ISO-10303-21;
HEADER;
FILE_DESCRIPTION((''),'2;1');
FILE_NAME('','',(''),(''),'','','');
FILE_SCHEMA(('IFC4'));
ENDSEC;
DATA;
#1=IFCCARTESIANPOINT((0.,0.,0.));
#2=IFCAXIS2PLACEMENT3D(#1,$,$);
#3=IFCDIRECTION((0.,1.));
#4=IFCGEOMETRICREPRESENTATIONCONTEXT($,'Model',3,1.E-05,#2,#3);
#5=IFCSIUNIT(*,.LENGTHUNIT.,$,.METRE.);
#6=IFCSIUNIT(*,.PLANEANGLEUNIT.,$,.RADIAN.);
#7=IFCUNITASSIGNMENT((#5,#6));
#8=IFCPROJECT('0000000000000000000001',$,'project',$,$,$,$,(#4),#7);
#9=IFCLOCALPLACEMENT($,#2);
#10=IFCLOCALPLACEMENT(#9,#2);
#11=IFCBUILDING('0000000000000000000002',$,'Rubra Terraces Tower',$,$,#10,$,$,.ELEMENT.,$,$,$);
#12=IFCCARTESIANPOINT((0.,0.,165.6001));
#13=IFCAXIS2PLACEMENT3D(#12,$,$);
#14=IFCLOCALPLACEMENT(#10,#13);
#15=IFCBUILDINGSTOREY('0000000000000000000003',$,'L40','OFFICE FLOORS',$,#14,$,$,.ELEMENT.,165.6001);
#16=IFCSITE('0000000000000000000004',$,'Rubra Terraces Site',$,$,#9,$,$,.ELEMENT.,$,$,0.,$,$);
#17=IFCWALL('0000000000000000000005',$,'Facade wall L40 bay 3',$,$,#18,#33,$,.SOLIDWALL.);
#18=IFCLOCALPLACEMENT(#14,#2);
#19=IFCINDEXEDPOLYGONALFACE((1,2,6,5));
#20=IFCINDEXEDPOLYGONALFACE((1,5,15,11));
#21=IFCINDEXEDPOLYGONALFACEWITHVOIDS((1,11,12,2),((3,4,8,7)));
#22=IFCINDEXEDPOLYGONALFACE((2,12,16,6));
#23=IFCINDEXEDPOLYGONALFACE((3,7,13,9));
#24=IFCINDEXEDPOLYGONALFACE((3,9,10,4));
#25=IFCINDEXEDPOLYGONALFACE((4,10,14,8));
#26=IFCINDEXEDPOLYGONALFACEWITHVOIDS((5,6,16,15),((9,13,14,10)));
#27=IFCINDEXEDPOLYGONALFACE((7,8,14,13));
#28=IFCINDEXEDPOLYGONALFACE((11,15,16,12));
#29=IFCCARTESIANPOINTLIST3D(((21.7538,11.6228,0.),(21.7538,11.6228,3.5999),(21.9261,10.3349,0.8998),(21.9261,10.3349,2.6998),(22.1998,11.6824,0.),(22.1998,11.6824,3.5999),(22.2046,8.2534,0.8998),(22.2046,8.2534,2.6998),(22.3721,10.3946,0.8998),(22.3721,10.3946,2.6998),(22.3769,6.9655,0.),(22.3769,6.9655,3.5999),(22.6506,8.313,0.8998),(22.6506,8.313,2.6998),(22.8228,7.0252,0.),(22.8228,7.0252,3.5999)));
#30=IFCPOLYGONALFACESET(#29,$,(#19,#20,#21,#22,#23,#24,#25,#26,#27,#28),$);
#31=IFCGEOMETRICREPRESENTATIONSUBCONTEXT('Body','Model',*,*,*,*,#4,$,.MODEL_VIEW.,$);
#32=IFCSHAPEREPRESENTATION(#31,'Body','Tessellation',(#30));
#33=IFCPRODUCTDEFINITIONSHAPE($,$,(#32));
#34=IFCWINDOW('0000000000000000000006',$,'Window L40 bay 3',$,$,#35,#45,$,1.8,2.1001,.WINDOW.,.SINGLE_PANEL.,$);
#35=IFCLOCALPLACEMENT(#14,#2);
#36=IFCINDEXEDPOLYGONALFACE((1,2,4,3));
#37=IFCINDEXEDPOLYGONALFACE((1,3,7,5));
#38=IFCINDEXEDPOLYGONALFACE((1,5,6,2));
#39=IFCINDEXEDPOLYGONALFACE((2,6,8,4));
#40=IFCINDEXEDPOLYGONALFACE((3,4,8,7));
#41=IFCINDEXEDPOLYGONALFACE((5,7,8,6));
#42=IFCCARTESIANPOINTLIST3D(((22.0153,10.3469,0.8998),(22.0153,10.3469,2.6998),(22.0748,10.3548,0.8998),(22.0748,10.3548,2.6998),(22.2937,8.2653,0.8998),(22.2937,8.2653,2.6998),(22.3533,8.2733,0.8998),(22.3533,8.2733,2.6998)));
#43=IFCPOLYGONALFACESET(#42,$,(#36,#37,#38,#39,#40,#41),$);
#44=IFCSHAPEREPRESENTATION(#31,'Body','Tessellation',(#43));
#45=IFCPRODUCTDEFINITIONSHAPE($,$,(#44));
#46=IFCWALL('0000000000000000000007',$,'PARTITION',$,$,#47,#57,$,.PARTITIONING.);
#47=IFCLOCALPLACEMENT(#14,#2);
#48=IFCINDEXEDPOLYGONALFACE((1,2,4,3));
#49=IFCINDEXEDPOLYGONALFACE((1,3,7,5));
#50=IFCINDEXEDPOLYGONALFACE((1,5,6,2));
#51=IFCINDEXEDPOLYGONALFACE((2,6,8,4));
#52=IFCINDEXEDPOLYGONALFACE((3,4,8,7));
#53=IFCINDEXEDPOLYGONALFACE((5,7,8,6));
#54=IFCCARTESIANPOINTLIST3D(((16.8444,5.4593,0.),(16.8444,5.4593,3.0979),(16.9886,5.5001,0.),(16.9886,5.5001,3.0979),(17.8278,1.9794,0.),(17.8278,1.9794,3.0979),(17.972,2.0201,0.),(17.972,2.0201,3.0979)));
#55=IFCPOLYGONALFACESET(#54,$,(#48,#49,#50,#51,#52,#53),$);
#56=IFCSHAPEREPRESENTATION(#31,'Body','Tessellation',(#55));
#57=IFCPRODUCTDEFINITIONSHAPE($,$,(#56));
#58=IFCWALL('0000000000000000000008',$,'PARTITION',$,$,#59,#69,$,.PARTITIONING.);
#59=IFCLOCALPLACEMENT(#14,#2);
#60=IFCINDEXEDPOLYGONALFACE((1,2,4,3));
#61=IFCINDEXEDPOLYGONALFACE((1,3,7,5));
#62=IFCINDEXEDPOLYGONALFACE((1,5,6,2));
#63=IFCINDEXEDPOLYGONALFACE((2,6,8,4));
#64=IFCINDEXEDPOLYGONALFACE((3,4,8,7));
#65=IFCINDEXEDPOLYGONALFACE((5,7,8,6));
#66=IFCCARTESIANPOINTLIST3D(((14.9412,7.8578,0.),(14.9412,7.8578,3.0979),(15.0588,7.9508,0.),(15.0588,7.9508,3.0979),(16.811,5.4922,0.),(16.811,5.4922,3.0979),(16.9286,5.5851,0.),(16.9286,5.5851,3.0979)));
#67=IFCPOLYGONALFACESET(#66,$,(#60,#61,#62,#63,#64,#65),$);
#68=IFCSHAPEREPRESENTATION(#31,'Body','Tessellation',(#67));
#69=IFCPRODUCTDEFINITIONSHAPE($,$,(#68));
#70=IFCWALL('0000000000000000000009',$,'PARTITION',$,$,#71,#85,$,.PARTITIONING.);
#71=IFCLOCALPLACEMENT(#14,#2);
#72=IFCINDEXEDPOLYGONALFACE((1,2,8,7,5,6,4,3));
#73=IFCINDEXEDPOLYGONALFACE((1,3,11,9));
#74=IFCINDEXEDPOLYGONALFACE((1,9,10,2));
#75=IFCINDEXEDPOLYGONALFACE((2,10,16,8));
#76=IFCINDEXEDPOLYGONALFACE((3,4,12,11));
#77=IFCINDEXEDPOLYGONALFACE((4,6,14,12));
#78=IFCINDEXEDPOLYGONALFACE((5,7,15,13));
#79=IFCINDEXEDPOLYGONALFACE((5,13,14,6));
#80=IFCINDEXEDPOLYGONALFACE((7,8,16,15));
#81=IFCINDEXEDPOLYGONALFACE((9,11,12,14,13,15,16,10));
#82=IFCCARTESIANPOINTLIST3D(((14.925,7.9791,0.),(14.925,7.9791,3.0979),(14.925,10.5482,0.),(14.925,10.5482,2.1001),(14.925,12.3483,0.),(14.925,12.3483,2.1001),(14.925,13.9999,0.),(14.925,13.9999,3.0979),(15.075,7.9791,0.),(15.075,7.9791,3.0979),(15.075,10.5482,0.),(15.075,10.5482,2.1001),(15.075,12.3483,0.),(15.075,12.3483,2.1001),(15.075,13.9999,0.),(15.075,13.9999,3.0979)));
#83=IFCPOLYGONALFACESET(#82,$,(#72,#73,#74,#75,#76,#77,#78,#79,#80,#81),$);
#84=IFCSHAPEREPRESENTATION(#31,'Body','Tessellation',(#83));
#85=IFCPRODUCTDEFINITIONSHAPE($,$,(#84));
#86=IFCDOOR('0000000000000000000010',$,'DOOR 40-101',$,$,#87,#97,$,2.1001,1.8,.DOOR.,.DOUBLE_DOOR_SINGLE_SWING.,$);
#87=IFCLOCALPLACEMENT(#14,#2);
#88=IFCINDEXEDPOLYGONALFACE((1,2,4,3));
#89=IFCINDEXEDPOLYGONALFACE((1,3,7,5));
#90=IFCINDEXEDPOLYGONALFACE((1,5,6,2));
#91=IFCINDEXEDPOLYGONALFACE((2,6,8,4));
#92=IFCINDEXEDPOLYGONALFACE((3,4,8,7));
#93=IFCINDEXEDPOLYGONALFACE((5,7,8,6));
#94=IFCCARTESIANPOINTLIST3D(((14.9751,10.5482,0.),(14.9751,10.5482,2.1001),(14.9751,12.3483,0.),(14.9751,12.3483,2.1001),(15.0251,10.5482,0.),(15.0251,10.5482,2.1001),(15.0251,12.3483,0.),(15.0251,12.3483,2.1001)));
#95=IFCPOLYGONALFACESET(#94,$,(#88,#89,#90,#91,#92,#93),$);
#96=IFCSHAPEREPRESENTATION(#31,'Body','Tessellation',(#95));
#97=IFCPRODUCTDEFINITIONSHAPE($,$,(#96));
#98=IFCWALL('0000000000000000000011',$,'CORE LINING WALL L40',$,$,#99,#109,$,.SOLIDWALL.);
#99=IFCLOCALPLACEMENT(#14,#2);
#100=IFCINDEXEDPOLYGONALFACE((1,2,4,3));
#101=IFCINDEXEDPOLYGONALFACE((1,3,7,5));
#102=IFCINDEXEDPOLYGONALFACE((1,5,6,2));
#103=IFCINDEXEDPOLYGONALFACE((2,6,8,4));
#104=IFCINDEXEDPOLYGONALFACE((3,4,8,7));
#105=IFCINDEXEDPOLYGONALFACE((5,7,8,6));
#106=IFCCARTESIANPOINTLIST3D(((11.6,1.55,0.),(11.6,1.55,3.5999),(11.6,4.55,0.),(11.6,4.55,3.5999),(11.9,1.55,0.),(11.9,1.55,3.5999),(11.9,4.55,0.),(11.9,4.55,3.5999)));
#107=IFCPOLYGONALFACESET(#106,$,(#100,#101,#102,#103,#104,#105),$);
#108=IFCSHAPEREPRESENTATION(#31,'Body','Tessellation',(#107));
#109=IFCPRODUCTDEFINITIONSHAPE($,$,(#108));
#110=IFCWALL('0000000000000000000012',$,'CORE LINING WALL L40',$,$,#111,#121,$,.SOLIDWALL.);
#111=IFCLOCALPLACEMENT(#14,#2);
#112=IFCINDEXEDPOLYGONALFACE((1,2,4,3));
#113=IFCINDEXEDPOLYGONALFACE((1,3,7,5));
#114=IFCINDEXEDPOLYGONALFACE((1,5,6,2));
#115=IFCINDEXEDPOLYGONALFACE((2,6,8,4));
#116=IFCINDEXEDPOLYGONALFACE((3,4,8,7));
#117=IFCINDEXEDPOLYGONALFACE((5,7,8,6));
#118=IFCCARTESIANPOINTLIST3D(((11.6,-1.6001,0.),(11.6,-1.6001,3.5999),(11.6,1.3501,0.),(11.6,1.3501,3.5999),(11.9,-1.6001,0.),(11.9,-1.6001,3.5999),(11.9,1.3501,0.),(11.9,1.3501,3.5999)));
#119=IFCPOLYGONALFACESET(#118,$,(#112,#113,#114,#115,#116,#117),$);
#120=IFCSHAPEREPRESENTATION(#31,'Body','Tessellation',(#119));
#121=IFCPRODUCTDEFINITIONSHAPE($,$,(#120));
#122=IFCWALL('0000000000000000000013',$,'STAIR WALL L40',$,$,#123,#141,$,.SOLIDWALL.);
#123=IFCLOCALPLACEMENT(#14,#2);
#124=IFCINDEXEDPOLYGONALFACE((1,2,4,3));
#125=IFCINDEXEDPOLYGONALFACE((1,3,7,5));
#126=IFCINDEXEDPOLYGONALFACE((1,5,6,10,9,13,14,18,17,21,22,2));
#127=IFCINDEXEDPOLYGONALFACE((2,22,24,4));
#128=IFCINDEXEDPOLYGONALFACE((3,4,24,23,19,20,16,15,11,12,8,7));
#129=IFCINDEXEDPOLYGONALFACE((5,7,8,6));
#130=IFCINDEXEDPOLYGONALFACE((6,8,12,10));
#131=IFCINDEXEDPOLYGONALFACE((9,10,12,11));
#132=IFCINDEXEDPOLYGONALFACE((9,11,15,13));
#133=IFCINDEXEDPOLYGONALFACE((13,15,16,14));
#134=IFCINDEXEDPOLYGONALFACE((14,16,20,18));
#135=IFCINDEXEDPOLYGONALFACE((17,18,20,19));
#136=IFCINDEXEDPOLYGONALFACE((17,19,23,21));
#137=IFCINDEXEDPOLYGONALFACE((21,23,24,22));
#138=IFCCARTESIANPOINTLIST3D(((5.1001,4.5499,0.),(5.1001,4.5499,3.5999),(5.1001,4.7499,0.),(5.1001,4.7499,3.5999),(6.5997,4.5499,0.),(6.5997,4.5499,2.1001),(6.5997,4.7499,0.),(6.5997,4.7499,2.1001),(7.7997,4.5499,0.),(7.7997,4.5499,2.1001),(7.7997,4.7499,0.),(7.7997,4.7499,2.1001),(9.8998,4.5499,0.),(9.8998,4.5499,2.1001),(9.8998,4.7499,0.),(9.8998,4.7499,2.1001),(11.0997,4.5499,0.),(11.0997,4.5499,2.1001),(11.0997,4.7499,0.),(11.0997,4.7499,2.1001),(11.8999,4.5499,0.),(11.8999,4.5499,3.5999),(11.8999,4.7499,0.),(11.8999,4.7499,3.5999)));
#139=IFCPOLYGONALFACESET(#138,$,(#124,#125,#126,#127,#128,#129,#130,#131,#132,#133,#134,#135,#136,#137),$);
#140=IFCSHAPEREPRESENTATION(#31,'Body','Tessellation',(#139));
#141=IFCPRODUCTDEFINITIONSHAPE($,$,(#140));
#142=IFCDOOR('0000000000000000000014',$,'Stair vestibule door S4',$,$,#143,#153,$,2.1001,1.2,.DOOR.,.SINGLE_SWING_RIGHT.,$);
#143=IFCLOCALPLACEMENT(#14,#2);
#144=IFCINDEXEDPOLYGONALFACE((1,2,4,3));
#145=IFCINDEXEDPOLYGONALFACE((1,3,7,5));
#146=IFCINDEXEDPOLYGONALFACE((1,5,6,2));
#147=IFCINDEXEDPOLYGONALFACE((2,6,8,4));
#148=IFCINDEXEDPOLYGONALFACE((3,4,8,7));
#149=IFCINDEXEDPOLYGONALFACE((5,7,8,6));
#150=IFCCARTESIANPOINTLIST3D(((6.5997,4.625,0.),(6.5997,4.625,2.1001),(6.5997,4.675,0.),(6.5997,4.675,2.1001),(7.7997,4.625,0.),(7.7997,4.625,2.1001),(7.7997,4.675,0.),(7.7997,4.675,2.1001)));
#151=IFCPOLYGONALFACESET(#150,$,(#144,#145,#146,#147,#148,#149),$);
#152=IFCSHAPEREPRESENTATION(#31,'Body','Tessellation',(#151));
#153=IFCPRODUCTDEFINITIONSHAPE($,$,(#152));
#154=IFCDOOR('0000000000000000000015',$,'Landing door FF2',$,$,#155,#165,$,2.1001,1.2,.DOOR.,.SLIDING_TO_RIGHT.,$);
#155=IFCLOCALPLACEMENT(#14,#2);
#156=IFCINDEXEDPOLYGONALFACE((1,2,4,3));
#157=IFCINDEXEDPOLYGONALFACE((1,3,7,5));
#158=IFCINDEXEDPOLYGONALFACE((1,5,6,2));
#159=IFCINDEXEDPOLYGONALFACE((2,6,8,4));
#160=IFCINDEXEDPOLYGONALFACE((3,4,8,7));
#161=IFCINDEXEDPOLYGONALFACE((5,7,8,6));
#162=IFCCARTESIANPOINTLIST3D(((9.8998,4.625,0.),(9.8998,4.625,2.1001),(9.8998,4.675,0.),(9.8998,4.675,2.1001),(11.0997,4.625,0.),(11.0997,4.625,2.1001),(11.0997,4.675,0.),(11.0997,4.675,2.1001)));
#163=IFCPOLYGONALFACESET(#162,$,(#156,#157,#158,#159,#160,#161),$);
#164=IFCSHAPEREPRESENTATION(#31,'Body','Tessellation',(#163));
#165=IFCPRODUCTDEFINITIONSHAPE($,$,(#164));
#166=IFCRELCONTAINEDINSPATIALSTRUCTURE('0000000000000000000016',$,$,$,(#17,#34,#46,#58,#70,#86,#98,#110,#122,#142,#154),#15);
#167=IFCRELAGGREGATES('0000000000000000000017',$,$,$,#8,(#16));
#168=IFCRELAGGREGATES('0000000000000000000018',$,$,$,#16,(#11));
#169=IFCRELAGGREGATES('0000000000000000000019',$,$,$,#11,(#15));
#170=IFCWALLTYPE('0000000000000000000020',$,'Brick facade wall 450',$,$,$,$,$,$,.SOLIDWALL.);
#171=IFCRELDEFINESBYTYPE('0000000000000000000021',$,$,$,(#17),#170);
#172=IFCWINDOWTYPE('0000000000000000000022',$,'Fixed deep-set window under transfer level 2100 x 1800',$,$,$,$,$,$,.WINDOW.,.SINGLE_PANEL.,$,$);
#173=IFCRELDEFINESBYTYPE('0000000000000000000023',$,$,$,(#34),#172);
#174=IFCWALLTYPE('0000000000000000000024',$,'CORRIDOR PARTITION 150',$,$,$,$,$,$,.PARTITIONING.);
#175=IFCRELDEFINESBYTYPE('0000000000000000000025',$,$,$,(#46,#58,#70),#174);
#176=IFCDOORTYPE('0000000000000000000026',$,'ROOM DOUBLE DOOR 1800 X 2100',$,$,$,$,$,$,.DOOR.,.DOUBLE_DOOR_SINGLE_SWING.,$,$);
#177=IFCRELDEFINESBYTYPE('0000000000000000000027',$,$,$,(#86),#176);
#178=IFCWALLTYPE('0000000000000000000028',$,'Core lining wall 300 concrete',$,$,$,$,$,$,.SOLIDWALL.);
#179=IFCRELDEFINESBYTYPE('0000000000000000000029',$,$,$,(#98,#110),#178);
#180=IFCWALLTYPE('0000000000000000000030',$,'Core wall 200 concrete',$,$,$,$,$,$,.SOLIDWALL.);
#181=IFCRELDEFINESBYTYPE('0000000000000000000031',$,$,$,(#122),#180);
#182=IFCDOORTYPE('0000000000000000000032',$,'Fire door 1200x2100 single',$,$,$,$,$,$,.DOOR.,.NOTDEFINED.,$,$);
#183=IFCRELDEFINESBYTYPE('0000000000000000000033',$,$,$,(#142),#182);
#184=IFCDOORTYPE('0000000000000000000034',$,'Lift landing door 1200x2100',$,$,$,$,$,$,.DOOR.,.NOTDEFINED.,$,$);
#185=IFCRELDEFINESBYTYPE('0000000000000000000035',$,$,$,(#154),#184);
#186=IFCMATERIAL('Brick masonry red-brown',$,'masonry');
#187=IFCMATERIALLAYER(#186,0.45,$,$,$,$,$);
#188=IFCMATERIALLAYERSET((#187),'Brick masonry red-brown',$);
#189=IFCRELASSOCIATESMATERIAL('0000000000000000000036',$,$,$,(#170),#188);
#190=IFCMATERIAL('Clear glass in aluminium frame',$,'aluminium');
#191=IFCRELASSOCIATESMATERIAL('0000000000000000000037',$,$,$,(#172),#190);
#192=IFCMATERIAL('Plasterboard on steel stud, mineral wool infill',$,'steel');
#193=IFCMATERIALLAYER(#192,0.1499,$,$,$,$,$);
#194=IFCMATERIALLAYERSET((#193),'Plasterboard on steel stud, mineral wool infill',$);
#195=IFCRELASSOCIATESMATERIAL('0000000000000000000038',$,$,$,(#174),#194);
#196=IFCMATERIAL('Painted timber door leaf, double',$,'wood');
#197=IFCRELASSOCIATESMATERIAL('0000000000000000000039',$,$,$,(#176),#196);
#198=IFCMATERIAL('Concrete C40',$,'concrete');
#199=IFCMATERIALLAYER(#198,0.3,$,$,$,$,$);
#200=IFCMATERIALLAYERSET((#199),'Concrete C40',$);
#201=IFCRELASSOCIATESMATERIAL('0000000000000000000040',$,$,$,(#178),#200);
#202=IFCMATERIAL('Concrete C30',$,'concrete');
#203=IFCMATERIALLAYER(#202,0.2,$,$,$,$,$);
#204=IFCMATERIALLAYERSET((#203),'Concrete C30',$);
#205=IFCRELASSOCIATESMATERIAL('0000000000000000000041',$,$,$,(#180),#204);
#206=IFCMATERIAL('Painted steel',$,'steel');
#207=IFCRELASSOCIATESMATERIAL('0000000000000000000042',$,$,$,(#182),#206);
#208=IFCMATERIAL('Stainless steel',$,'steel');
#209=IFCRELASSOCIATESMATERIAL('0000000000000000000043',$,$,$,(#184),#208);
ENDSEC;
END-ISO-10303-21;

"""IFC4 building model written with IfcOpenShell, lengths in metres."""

from ifc_helpers import new_model, si_unit, direction, frame, frame_2d, origin, place, context, subcontext, project, spatial, rectangle, extrude, material, layer, layer_set, type_object, element, fill, save


model = new_model("IFC4")

# Units and contexts
model_context = context("Model", 3, precision=1e-05, world=origin(), true_north=direction((0.0, 1.0)))
body_context = subcontext(model_context, "Body", "Model", "MODEL_VIEW")
ifc_project = project(units=[si_unit("LENGTHUNIT", "METRE"), si_unit("PLANEANGLEUNIT", "RADIAN")], contexts=[model_context])

# Site, building, storey
site_placement = place(None, origin())
site = spatial("IfcSite", under=ifc_project, at=site_placement, Name="Rubra Terraces Site", CompositionType="ELEMENT", RefElevation=0.0)
building_placement = place(site_placement, origin())
building = spatial("IfcBuilding", under=site, at=building_placement, Name="Rubra Terraces Tower", CompositionType="ELEMENT")
storey_placement = place(building_placement, frame((0.0, 0.0, 165.6001)))
storey = spatial("IfcBuildingStorey", under=building, at=storey_placement, Name="L40", Description="OFFICE FLOORS", CompositionType="ELEMENT", Elevation=165.6001)

# Wall, opening, window
ifc_material_1 = material(Name="Brick masonry red-brown", Category="masonry")
ifc_layer_1 = layer(ifc_material_1, 0.45)
ifc_layer_set_1 = layer_set([ifc_layer_1], Name="Brick masonry red-brown")
wall_type_1 = type_object("IfcWallType", Name="Brick facade wall 450", PredefinedType="SOLIDWALL", material=ifc_layer_set_1)
ifc_material_2 = material(Name="Clear glass in aluminium frame", Category="aluminium")
window_type = type_object("IfcWindowType", Name="Fixed deep-set window under transfer level 2100 x 1800", PartitioningType="SINGLE_PANEL", PredefinedType="WINDOW", material=ifc_material_2)
wall_1_placement = place(storey_placement, frame((22.5999, 6.9954, 0.0), z_axis=(0.0, 0.0, 1.0), x_axis=(-0.132599, 0.99117, 0.0)))
wall_1 = element("IfcWall", 1, at=wall_1_placement, inside=storey, type_object=wall_type_1, Name="Facade wall L40 bay 3", PredefinedType="SOLIDWALL", context=body_context, shape_type="SweptSolid", body=[
    extrude(rectangle(XDim=4.6987, YDim=0.45, at=frame_2d((2.3494, 0.0))), origin(), (0.0, 0.0, 1.0), 3.5999),
])
opening_1_placement = place(wall_1_placement, frame((1.2993, 0.0, 0.8999)))
opening_1 = element("IfcOpeningElement", 2, at=opening_1_placement, cuts=wall_1, PredefinedType="OPENING", context=body_context, shape_type="SweptSolid", body=[
    extrude(rectangle(XDim=2.1001, YDim=1.8, at=frame_2d((1.05, 0.8999))), frame((0.0, 0.2349, 0.0), z_axis=(0.0, -1.0, 0.0), x_axis=(1.0, 0.0, 0.0)), (0.0, 0.0, 1.0), 0.47),
])
window_1_placement = place(opening_1_placement, origin())
window_1 = element("IfcWindow", 3, at=window_1_placement, inside=storey, type_object=window_type, Name="Window L40 bay 3", OverallHeight=1.8, OverallWidth=2.1001, PartitioningType="SINGLE_PANEL", PredefinedType="WINDOW", context=body_context, shape_type="SweptSolid", body=[
    extrude(rectangle(XDim=2.1001, YDim=1.8, at=frame_2d((1.05, 0.8999))), frame((0.0, 0.135, 0.0), z_axis=(0.0, -1.0, 0.0), x_axis=(1.0, 0.0, 0.0)), (0.0, 0.0, 1.0), 0.0601),
])
fill(opening_1, window_1)

# Walls
ifc_material_3 = material(Name="Plasterboard on steel stud, mineral wool infill", Category="steel")
ifc_layer_2 = layer(ifc_material_3, 0.1499)
ifc_layer_set_2 = layer_set([ifc_layer_2], Name="Plasterboard on steel stud, mineral wool infill")
wall_type_2 = type_object("IfcWallType", Name="CORRIDOR PARTITION 150", PredefinedType="PARTITIONING", material=ifc_layer_set_2)
wall_2_placement = place(storey_placement, frame((17.8999, 1.9998, 0.0), z_axis=(0.0, 0.0, 1.0), x_axis=(-0.271938, 0.962315, 0.0)))
element("IfcWall", 4, at=wall_2_placement, inside=storey, type_object=wall_type_2, Name="PARTITION", PredefinedType="PARTITIONING", context=body_context, shape_type="SweptSolid", body=[
    extrude(rectangle(XDim=3.6162, YDim=0.1499, at=frame_2d((1.8081, 0.0))), origin(), (0.0, 0.0, 1.0), 3.0979),
])
wall_3_placement = place(storey_placement, frame((16.8699, 5.5386, 0.0), z_axis=(0.0, 0.0, 1.0), x_axis=(-0.620093, 0.784528, 0.0)))
element("IfcWall", 5, at=wall_3_placement, inside=storey, type_object=wall_type_2, Name="PARTITION", PredefinedType="PARTITIONING", context=body_context, shape_type="SweptSolid", body=[
    extrude(rectangle(XDim=3.0154, YDim=0.1499, at=frame_2d((1.5078, 0.0))), origin(), (0.0, 0.0, 1.0), 3.0979),
])

# Wall, opening, door
wall_4_placement = place(storey_placement, frame((15.0, 7.9792, 0.0), z_axis=(0.0, 0.0, 1.0), x_axis=(0.0, 1.0, 0.0)))
wall_4 = element("IfcWall", 6, at=wall_4_placement, inside=storey, type_object=wall_type_2, Name="PARTITION", PredefinedType="PARTITIONING", context=body_context, shape_type="SweptSolid", body=[
    extrude(rectangle(XDim=6.0208, YDim=0.1499, at=frame_2d((3.0103, 0.0))), origin(), (0.0, 0.0, 1.0), 3.0979),
])
opening_2_placement = place(wall_4_placement, frame((2.5691, 0.0, 0.0)))
opening_2 = element("IfcOpeningElement", 7, at=opening_2_placement, cuts=wall_4, PredefinedType="OPENING", context=body_context, shape_type="SweptSolid", body=[
    extrude(rectangle(XDim=1.8, YDim=2.1001, at=frame_2d((0.8999, 1.05))), frame((0.0, 0.085, 0.0), z_axis=(0.0, -1.0, 0.0), x_axis=(1.0, 0.0, 0.0)), (0.0, 0.0, 1.0), 0.1699),
])
ifc_material_4 = material(Name="Painted timber door leaf, double", Category="wood")
door_type_1 = type_object("IfcDoorType", Name="ROOM DOUBLE DOOR 1800 X 2100", OperationType="DOUBLE_DOOR_SINGLE_SWING", PredefinedType="DOOR", material=ifc_material_4)
door_1_placement = place(opening_2_placement, origin())
door_1 = element("IfcDoor", 8, at=door_1_placement, inside=storey, type_object=door_type_1, Name="DOOR 40-101", OperationType="DOUBLE_DOOR_SINGLE_SWING", OverallHeight=2.1001, OverallWidth=1.8, PredefinedType="DOOR", context=body_context, shape_type="SweptSolid", body=[
    extrude(rectangle(XDim=1.8, YDim=2.1001, at=frame_2d((0.8999, 1.05))), frame((0.0, 0.0249, 0.0), z_axis=(0.0, -1.0, 0.0), x_axis=(1.0, 0.0, 0.0)), (0.0, 0.0, 1.0), 0.05),
])
fill(opening_2, door_1)

# Walls
ifc_material_5 = material(Name="Concrete C40", Category="concrete")
ifc_layer_3 = layer(ifc_material_5, 0.3)
ifc_layer_set_3 = layer_set([ifc_layer_3], Name="Concrete C40")
wall_type_3 = type_object("IfcWallType", Name="Core lining wall 300 concrete", PredefinedType="SOLIDWALL", material=ifc_layer_set_3)
wall_5_placement = place(storey_placement, frame((11.75, 4.55, 0.0), z_axis=(0.0, 0.0, 1.0), x_axis=(0.0, -1.0, 0.0)))
element("IfcWall", 9, at=wall_5_placement, inside=storey, type_object=wall_type_3, Name="CORE LINING WALL L40", PredefinedType="SOLIDWALL", context=body_context, shape_type="SweptSolid", body=[
    extrude(rectangle(XDim=3.0, YDim=0.3, at=frame_2d((1.5, 0.0))), origin(), (0.0, 0.0, 1.0), 3.5999),
])
wall_6_placement = place(storey_placement, frame((11.75, 1.3501, 0.0), z_axis=(0.0, 0.0, 1.0), x_axis=(0.0, -1.0, 0.0)))
element("IfcWall", 10, at=wall_6_placement, inside=storey, type_object=wall_type_3, Name="CORE LINING WALL L40", PredefinedType="SOLIDWALL", context=body_context, shape_type="SweptSolid", body=[
    extrude(rectangle(XDim=2.9502, YDim=0.3, at=frame_2d((1.4751, 0.0))), origin(), (0.0, 0.0, 1.0), 3.5999),
])

# Wall, openings, doors
ifc_material_6 = material(Name="Concrete C30", Category="concrete")
ifc_layer_4 = layer(ifc_material_6, 0.2)
ifc_layer_set_4 = layer_set([ifc_layer_4], Name="Concrete C30")
wall_type_4 = type_object("IfcWallType", Name="Core wall 200 concrete", PredefinedType="SOLIDWALL", material=ifc_layer_set_4)
wall_7_placement = place(storey_placement, frame((11.8999, 4.6499, 0.0), z_axis=(0.0, 0.0, 1.0), x_axis=(-1.0, 0.0, 0.0)))
wall_7 = element("IfcWall", 11, at=wall_7_placement, inside=storey, type_object=wall_type_4, Name="STAIR WALL L40", PredefinedType="SOLIDWALL", context=body_context, shape_type="SweptSolid", body=[
    extrude(rectangle(XDim=6.7998, YDim=0.2, at=frame_2d((3.3999, 0.0))), origin(), (0.0, 0.0, 1.0), 3.5999),
])
opening_3_placement = place(wall_7_placement, frame((4.1001, 0.0, 0.0)))
opening_3 = element("IfcOpeningElement", 12, at=opening_3_placement, cuts=wall_7, PredefinedType="OPENING", context=body_context, shape_type="SweptSolid", body=[
    extrude(rectangle(XDim=1.2, YDim=2.1001, at=frame_2d((0.6001, 1.05))), frame((0.0, 0.1099, 0.0), z_axis=(0.0, -1.0, 0.0), x_axis=(1.0, 0.0, 0.0)), (0.0, 0.0, 1.0), 0.22),
])
opening_4_placement = place(wall_7_placement, frame((0.8, 0.0, 0.0)))
opening_4 = element("IfcOpeningElement", 13, at=opening_4_placement, cuts=wall_7, PredefinedType="OPENING", context=body_context, shape_type="SweptSolid", body=[
    extrude(rectangle(XDim=1.2, YDim=2.1001, at=frame_2d((0.6001, 1.05))), frame((0.0, 0.1099, 0.0), z_axis=(0.0, -1.0, 0.0), x_axis=(1.0, 0.0, 0.0)), (0.0, 0.0, 1.0), 0.22),
])
ifc_material_7 = material(Name="Painted steel", Category="steel")
door_type_2 = type_object("IfcDoorType", Name="Fire door 1200x2100 single", OperationType="NOTDEFINED", PredefinedType="DOOR", material=ifc_material_7)
door_2_placement = place(opening_3_placement, origin())
door_2 = element("IfcDoor", 14, at=door_2_placement, inside=storey, type_object=door_type_2, Name="Stair vestibule door S4", OperationType="SINGLE_SWING_RIGHT", OverallHeight=2.1001, OverallWidth=1.2, PredefinedType="DOOR", context=body_context, shape_type="SweptSolid", body=[
    extrude(rectangle(XDim=1.2, YDim=2.1001, at=frame_2d((0.6001, 1.05))), frame((0.0, 0.0249, 0.0), z_axis=(0.0, -1.0, 0.0), x_axis=(1.0, 0.0, 0.0)), (0.0, 0.0, 1.0), 0.05),
])
fill(opening_3, door_2)
ifc_material_8 = material(Name="Stainless steel", Category="steel")
door_type_3 = type_object("IfcDoorType", Name="Lift landing door 1200x2100", OperationType="NOTDEFINED", PredefinedType="DOOR", material=ifc_material_8)
door_3_placement = place(opening_4_placement, origin())
door_3 = element("IfcDoor", 15, at=door_3_placement, inside=storey, type_object=door_type_3, Name="Landing door FF2", OperationType="SLIDING_TO_RIGHT", OverallHeight=2.1001, OverallWidth=1.2, PredefinedType="DOOR", context=body_context, shape_type="SweptSolid", body=[
    extrude(rectangle(XDim=1.2, YDim=2.1001, at=frame_2d((0.6001, 1.05))), frame((0.0, 0.0249, 0.0), z_axis=(0.0, -1.0, 0.0), x_axis=(1.0, 0.0, 0.0)), (0.0, 0.0, 1.0), 0.05),
])
fill(opening_4, door_3)

save(model, "model.ifc")
